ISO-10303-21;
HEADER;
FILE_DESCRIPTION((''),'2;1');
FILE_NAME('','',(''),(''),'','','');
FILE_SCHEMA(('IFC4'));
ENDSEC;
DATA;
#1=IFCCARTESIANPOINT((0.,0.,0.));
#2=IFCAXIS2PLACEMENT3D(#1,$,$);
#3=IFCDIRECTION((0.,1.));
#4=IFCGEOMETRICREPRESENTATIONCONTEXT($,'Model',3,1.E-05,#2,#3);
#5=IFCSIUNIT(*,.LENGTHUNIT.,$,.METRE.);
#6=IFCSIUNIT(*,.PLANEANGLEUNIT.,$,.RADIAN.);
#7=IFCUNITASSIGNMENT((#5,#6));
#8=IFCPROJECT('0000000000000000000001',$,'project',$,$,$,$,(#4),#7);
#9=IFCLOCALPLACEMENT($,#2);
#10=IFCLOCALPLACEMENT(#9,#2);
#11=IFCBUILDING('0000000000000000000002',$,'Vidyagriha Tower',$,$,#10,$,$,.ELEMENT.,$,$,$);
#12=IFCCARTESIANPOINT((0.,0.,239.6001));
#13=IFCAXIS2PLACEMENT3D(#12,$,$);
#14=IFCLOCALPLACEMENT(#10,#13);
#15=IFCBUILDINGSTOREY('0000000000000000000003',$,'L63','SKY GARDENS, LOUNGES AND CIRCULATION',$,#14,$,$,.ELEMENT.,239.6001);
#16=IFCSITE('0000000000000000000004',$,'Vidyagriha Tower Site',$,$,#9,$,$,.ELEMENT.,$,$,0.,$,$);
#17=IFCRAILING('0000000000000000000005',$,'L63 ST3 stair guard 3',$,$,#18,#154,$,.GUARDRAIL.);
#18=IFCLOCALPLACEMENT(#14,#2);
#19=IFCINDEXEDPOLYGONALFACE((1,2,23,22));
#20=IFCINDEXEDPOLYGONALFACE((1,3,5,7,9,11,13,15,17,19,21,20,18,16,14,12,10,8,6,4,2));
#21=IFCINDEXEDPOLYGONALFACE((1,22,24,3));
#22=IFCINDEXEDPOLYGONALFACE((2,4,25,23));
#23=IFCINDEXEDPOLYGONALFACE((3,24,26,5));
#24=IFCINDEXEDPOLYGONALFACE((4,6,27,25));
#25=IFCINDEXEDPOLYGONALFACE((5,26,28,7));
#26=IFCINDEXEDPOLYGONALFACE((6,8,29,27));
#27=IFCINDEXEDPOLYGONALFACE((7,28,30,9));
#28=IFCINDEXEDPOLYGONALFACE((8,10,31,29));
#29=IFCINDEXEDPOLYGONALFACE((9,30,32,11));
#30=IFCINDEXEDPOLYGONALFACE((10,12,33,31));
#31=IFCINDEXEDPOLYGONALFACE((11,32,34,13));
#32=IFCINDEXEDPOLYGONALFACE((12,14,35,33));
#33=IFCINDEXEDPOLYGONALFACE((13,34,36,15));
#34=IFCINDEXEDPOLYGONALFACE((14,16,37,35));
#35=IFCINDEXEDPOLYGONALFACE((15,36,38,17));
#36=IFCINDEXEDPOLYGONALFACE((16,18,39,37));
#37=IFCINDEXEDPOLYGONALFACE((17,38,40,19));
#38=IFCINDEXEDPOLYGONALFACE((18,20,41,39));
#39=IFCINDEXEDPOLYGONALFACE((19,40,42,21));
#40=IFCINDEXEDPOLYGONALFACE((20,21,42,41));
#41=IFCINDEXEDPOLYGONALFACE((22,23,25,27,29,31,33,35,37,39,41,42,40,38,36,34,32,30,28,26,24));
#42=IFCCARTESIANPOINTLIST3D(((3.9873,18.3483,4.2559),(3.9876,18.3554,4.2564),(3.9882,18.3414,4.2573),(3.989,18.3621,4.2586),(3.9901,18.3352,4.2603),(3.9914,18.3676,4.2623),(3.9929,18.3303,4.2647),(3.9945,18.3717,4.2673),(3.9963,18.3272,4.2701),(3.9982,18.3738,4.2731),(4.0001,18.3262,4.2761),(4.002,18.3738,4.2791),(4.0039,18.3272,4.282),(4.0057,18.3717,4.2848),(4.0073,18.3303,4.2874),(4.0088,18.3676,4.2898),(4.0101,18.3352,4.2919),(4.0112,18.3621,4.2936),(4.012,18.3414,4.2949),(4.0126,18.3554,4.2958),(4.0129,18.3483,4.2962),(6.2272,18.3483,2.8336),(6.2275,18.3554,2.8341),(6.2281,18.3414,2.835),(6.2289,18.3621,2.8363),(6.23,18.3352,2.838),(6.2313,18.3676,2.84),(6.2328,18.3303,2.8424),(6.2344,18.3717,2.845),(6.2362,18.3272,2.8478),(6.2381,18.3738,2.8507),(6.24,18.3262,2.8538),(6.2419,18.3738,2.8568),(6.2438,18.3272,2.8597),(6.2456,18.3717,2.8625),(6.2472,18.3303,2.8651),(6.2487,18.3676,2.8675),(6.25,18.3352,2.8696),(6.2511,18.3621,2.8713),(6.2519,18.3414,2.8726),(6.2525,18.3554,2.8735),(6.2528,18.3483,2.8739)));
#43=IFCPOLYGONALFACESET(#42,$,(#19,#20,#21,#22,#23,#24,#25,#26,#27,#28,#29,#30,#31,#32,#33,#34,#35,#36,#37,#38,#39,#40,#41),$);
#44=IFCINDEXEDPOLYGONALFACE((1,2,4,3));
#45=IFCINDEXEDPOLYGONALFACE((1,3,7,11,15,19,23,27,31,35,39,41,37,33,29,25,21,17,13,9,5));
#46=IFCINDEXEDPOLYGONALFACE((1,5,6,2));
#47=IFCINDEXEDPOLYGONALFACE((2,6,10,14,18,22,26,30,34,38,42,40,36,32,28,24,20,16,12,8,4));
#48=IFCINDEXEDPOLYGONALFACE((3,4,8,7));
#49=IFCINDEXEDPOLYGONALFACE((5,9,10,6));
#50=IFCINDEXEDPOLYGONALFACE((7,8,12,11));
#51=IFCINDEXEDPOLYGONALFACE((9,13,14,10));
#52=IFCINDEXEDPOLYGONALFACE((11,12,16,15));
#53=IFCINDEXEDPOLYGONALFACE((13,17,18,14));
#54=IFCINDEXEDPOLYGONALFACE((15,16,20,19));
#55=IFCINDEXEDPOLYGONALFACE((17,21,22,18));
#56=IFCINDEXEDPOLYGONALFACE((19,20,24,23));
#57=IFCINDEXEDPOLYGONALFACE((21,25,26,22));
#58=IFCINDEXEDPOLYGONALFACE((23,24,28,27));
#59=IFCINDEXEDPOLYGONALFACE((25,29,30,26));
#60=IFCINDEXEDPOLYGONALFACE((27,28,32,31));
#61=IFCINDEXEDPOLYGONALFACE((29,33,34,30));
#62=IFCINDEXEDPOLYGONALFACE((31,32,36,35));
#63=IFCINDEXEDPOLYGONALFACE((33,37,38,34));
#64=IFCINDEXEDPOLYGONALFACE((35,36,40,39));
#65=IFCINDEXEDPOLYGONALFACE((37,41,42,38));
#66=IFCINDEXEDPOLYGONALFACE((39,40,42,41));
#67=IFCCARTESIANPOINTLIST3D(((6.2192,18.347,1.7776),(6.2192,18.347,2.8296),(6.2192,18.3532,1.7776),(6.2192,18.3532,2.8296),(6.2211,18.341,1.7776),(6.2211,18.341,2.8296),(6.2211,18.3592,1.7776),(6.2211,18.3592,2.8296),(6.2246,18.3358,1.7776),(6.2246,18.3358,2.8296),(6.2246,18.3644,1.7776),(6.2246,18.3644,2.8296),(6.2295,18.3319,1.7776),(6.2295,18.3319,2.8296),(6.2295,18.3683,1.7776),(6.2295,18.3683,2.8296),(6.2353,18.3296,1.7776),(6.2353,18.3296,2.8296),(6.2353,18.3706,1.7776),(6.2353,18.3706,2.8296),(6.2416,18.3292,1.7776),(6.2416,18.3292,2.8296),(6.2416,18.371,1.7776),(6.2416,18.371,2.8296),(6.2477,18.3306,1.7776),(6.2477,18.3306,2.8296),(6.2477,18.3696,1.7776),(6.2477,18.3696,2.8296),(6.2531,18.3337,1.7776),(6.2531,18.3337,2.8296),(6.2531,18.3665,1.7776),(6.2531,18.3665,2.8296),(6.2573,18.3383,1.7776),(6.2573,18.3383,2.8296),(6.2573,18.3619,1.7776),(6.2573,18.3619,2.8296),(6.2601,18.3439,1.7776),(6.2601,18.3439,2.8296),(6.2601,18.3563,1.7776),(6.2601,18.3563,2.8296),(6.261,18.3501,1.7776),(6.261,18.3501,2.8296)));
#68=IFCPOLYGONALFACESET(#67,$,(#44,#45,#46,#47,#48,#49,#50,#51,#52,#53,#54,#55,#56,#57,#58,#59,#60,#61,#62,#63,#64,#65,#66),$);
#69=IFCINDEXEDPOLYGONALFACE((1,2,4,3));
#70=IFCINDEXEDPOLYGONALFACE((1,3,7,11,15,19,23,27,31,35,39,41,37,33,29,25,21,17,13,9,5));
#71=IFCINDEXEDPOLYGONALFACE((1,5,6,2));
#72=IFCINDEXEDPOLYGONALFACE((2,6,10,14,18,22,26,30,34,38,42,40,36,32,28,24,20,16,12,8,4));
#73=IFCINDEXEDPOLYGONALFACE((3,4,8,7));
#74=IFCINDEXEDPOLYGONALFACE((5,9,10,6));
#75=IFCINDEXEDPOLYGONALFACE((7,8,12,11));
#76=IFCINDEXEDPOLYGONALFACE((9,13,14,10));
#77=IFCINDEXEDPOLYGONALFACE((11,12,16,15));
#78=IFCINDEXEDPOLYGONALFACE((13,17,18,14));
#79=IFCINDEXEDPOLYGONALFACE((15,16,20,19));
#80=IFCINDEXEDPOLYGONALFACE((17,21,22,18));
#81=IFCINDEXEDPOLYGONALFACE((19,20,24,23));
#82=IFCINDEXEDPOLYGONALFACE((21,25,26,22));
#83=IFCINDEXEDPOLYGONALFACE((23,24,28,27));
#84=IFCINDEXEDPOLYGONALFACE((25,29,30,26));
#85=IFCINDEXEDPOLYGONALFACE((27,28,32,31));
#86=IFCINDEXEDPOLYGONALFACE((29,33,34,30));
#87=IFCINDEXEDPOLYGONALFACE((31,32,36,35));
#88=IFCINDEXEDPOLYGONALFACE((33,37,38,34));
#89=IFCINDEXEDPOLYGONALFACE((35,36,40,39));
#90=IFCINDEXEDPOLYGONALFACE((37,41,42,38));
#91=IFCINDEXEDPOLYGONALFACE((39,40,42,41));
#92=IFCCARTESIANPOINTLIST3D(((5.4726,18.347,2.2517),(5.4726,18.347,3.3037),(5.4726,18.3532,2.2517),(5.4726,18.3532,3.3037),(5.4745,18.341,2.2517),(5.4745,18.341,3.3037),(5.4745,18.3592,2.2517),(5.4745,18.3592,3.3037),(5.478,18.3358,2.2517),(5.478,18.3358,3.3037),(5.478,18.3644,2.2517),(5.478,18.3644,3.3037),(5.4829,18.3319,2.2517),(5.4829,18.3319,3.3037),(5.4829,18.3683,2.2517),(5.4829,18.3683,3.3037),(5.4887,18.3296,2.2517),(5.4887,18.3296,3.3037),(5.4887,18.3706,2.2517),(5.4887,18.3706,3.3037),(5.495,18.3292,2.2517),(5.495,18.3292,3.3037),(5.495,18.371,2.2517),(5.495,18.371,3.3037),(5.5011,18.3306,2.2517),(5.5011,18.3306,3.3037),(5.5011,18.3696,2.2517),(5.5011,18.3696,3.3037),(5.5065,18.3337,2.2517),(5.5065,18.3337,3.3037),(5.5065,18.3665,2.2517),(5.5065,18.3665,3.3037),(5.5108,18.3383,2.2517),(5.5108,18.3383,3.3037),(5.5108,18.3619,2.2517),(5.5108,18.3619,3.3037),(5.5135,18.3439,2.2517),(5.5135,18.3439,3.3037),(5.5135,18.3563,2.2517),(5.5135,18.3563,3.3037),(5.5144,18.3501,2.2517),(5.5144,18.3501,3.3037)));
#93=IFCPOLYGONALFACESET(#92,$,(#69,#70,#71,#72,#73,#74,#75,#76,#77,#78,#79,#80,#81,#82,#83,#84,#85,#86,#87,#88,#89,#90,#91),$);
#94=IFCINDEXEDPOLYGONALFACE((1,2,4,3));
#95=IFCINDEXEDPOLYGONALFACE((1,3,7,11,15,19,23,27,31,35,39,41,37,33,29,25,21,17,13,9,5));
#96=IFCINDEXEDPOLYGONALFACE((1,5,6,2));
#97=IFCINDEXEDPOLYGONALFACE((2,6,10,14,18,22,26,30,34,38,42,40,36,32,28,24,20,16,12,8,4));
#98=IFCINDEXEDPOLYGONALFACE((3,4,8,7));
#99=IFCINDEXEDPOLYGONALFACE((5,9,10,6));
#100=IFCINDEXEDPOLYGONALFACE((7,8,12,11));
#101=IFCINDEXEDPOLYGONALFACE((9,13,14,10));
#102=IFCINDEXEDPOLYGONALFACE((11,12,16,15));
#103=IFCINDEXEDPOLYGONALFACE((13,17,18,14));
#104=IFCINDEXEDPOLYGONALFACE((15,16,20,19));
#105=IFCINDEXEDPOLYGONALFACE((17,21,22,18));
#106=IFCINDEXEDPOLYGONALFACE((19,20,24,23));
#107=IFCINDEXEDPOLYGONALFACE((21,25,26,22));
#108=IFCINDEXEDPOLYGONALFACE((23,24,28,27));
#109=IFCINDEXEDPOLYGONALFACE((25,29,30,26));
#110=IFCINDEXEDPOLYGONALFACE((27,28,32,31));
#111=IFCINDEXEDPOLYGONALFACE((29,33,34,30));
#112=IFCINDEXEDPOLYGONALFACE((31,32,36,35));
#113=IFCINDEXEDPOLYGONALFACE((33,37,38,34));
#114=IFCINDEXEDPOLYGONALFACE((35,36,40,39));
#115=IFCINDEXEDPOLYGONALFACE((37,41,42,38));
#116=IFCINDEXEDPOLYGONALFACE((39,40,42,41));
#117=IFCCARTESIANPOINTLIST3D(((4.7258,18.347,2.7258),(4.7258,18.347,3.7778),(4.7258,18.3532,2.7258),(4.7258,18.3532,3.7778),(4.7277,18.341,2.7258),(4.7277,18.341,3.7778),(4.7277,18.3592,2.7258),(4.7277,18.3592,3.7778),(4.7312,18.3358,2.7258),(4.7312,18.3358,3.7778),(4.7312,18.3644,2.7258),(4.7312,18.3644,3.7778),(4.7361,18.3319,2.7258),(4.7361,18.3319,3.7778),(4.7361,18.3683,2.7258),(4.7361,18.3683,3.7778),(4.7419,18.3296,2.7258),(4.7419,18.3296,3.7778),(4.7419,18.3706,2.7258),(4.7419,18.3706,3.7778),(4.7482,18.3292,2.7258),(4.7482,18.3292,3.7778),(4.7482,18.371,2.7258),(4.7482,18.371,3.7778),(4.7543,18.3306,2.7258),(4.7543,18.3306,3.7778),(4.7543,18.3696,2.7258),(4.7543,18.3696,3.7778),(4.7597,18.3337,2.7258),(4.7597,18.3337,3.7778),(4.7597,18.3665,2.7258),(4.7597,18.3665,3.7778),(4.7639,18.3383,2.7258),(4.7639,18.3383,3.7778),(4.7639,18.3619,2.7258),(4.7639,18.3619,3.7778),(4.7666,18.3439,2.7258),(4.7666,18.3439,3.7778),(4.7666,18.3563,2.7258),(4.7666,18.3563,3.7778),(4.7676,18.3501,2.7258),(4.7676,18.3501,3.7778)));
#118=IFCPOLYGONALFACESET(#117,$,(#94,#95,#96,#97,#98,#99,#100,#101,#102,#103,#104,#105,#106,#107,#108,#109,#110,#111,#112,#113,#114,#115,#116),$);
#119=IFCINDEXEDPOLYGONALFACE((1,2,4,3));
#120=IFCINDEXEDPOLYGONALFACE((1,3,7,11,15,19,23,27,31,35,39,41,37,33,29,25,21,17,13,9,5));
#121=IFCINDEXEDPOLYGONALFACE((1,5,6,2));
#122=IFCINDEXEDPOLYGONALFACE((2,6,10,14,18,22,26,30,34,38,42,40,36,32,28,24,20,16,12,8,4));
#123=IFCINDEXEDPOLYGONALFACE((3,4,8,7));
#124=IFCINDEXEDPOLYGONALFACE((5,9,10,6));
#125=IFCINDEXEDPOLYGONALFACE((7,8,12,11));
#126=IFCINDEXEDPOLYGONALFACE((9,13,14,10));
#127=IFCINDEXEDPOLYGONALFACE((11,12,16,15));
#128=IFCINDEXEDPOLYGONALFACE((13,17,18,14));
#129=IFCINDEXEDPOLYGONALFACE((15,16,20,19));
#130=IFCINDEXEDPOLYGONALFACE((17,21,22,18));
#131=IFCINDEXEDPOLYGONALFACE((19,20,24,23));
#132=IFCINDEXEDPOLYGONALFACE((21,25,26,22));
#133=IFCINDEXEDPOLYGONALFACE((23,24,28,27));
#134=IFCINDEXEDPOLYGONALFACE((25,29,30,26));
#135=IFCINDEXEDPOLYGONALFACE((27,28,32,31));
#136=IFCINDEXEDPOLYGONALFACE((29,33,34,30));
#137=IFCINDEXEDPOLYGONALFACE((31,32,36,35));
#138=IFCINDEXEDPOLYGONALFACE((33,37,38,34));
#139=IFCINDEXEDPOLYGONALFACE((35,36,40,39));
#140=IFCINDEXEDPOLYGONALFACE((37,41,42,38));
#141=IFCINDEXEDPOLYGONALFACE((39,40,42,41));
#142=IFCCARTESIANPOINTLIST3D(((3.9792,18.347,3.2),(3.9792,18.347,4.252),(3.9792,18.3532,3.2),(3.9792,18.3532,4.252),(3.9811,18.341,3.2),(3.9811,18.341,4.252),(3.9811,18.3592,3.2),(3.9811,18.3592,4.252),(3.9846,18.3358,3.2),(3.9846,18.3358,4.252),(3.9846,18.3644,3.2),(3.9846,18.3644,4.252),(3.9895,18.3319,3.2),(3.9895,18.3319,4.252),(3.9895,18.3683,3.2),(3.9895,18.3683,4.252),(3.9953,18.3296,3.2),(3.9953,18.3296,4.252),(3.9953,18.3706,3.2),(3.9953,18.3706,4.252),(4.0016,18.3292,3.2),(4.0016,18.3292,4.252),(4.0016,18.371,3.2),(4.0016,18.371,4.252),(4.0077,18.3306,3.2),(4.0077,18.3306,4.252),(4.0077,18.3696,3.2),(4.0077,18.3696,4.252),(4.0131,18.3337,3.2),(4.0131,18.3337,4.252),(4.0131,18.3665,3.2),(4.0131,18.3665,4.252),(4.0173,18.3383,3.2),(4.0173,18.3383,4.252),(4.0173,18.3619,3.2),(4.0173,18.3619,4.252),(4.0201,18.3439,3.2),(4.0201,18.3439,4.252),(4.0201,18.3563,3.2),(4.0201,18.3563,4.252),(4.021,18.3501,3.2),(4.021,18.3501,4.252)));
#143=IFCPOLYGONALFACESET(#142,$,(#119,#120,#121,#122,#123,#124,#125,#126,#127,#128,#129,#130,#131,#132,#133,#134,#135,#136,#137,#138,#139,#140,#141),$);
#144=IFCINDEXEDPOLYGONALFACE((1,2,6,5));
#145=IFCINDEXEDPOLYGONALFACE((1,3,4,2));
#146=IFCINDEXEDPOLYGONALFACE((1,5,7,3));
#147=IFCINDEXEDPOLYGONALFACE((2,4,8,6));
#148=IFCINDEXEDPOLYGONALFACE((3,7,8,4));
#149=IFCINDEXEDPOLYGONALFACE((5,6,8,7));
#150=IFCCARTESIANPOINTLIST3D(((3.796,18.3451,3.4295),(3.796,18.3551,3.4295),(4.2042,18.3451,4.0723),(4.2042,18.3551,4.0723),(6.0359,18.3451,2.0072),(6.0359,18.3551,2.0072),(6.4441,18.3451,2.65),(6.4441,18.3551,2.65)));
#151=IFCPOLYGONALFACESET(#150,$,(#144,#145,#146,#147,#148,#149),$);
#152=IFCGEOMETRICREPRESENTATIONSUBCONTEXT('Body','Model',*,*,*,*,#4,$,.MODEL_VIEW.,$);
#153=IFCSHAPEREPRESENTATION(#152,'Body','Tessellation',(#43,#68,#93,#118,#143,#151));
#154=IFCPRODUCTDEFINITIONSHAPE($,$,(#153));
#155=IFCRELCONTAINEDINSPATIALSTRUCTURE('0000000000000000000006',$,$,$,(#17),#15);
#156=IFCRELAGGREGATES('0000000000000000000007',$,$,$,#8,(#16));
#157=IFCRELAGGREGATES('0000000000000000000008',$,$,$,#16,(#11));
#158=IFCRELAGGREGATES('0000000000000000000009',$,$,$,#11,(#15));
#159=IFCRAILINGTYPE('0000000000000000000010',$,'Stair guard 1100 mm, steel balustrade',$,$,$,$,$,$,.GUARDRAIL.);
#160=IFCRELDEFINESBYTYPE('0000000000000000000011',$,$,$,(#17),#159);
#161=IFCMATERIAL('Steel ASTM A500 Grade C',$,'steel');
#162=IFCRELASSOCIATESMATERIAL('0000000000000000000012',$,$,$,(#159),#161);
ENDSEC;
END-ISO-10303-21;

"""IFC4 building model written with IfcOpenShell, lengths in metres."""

from ifc_helpers import new_model, si_unit, direction, frame, origin, origin_2d, place, context, subcontext, project, spatial, rectangle, circle, extrude, material, type_object, element, save


model = new_model("IFC4")

# Units and contexts
model_context = context("Model", 3, precision=1e-05, world=origin(), true_north=direction((0.0, 1.0)))
body_context = subcontext(model_context, "Body", "Model", "MODEL_VIEW")
ifc_project = project(units=[si_unit("LENGTHUNIT", "METRE"), si_unit("PLANEANGLEUNIT", "RADIAN")], contexts=[model_context])

# Site, building, storey
site_placement = place(None, origin())
site = spatial("IfcSite", under=ifc_project, at=site_placement, Name="Vidyagriha Tower Site", CompositionType="ELEMENT", RefElevation=0.0)
building_placement = place(site_placement, origin())
building = spatial("IfcBuilding", under=site, at=building_placement, Name="Vidyagriha Tower", CompositionType="ELEMENT")
storey_placement = place(building_placement, frame((0.0, 0.0, 239.6001)))
storey = spatial("IfcBuildingStorey", under=building, at=storey_placement, Name="L63", Description="SKY GARDENS, LOUNGES AND CIRCULATION", CompositionType="ELEMENT", Elevation=239.6001)

# Railing
ifc_material_1 = material(Name="Steel ASTM A500 Grade C", Category="steel")
railing_type_1 = type_object("IfcRailingType", Name="Stair guard 1100 mm, steel balustrade", PredefinedType="GUARDRAIL", material=ifc_material_1)
railing_1_placement = place(storey_placement, frame((6.24, 18.3501, 1.7776)))
element("IfcRailing", 1, at=railing_1_placement, inside=storey, type_object=railing_type_1, Name="L63 ST3 stair guard 3", PredefinedType="GUARDRAIL", context=body_context, shape_type="SweptSolid", body=[
    extrude(circle(Radius=0.0239, at=origin_2d()), frame((0.0, 0.0, 1.0762), z_axis=(-0.844188, 0.0, 0.536048), x_axis=(0.0, -1.0, 0.0)), (0.0, 0.0, 1.0), 2.6533),
    extrude(circle(Radius=0.021, at=origin_2d()), origin(), (0.0, 0.0, 1.0), 1.052),
    extrude(circle(Radius=0.021, at=origin_2d()), frame((-0.7466, 0.0, 0.4741)), (0.0, 0.0, 1.0), 1.052),
    extrude(circle(Radius=0.021, at=origin_2d()), frame((-1.4934, 0.0, 0.9482)), (0.0, 0.0, 1.0), 1.052),
    extrude(circle(Radius=0.021, at=origin_2d()), frame((-2.24, 0.0, 1.4224)), (0.0, 0.0, 1.0), 1.052),
    extrude(rectangle(XDim=0.01, YDim=0.7615, at=origin_2d()), frame((0.0, 0.0, 0.551), z_axis=(-0.844188, 0.0, 0.536048), x_axis=(0.0, -1.0, 0.0)), (0.0, 0.0, 1.0), 2.6533),
])

save(model, "model.ifc")
